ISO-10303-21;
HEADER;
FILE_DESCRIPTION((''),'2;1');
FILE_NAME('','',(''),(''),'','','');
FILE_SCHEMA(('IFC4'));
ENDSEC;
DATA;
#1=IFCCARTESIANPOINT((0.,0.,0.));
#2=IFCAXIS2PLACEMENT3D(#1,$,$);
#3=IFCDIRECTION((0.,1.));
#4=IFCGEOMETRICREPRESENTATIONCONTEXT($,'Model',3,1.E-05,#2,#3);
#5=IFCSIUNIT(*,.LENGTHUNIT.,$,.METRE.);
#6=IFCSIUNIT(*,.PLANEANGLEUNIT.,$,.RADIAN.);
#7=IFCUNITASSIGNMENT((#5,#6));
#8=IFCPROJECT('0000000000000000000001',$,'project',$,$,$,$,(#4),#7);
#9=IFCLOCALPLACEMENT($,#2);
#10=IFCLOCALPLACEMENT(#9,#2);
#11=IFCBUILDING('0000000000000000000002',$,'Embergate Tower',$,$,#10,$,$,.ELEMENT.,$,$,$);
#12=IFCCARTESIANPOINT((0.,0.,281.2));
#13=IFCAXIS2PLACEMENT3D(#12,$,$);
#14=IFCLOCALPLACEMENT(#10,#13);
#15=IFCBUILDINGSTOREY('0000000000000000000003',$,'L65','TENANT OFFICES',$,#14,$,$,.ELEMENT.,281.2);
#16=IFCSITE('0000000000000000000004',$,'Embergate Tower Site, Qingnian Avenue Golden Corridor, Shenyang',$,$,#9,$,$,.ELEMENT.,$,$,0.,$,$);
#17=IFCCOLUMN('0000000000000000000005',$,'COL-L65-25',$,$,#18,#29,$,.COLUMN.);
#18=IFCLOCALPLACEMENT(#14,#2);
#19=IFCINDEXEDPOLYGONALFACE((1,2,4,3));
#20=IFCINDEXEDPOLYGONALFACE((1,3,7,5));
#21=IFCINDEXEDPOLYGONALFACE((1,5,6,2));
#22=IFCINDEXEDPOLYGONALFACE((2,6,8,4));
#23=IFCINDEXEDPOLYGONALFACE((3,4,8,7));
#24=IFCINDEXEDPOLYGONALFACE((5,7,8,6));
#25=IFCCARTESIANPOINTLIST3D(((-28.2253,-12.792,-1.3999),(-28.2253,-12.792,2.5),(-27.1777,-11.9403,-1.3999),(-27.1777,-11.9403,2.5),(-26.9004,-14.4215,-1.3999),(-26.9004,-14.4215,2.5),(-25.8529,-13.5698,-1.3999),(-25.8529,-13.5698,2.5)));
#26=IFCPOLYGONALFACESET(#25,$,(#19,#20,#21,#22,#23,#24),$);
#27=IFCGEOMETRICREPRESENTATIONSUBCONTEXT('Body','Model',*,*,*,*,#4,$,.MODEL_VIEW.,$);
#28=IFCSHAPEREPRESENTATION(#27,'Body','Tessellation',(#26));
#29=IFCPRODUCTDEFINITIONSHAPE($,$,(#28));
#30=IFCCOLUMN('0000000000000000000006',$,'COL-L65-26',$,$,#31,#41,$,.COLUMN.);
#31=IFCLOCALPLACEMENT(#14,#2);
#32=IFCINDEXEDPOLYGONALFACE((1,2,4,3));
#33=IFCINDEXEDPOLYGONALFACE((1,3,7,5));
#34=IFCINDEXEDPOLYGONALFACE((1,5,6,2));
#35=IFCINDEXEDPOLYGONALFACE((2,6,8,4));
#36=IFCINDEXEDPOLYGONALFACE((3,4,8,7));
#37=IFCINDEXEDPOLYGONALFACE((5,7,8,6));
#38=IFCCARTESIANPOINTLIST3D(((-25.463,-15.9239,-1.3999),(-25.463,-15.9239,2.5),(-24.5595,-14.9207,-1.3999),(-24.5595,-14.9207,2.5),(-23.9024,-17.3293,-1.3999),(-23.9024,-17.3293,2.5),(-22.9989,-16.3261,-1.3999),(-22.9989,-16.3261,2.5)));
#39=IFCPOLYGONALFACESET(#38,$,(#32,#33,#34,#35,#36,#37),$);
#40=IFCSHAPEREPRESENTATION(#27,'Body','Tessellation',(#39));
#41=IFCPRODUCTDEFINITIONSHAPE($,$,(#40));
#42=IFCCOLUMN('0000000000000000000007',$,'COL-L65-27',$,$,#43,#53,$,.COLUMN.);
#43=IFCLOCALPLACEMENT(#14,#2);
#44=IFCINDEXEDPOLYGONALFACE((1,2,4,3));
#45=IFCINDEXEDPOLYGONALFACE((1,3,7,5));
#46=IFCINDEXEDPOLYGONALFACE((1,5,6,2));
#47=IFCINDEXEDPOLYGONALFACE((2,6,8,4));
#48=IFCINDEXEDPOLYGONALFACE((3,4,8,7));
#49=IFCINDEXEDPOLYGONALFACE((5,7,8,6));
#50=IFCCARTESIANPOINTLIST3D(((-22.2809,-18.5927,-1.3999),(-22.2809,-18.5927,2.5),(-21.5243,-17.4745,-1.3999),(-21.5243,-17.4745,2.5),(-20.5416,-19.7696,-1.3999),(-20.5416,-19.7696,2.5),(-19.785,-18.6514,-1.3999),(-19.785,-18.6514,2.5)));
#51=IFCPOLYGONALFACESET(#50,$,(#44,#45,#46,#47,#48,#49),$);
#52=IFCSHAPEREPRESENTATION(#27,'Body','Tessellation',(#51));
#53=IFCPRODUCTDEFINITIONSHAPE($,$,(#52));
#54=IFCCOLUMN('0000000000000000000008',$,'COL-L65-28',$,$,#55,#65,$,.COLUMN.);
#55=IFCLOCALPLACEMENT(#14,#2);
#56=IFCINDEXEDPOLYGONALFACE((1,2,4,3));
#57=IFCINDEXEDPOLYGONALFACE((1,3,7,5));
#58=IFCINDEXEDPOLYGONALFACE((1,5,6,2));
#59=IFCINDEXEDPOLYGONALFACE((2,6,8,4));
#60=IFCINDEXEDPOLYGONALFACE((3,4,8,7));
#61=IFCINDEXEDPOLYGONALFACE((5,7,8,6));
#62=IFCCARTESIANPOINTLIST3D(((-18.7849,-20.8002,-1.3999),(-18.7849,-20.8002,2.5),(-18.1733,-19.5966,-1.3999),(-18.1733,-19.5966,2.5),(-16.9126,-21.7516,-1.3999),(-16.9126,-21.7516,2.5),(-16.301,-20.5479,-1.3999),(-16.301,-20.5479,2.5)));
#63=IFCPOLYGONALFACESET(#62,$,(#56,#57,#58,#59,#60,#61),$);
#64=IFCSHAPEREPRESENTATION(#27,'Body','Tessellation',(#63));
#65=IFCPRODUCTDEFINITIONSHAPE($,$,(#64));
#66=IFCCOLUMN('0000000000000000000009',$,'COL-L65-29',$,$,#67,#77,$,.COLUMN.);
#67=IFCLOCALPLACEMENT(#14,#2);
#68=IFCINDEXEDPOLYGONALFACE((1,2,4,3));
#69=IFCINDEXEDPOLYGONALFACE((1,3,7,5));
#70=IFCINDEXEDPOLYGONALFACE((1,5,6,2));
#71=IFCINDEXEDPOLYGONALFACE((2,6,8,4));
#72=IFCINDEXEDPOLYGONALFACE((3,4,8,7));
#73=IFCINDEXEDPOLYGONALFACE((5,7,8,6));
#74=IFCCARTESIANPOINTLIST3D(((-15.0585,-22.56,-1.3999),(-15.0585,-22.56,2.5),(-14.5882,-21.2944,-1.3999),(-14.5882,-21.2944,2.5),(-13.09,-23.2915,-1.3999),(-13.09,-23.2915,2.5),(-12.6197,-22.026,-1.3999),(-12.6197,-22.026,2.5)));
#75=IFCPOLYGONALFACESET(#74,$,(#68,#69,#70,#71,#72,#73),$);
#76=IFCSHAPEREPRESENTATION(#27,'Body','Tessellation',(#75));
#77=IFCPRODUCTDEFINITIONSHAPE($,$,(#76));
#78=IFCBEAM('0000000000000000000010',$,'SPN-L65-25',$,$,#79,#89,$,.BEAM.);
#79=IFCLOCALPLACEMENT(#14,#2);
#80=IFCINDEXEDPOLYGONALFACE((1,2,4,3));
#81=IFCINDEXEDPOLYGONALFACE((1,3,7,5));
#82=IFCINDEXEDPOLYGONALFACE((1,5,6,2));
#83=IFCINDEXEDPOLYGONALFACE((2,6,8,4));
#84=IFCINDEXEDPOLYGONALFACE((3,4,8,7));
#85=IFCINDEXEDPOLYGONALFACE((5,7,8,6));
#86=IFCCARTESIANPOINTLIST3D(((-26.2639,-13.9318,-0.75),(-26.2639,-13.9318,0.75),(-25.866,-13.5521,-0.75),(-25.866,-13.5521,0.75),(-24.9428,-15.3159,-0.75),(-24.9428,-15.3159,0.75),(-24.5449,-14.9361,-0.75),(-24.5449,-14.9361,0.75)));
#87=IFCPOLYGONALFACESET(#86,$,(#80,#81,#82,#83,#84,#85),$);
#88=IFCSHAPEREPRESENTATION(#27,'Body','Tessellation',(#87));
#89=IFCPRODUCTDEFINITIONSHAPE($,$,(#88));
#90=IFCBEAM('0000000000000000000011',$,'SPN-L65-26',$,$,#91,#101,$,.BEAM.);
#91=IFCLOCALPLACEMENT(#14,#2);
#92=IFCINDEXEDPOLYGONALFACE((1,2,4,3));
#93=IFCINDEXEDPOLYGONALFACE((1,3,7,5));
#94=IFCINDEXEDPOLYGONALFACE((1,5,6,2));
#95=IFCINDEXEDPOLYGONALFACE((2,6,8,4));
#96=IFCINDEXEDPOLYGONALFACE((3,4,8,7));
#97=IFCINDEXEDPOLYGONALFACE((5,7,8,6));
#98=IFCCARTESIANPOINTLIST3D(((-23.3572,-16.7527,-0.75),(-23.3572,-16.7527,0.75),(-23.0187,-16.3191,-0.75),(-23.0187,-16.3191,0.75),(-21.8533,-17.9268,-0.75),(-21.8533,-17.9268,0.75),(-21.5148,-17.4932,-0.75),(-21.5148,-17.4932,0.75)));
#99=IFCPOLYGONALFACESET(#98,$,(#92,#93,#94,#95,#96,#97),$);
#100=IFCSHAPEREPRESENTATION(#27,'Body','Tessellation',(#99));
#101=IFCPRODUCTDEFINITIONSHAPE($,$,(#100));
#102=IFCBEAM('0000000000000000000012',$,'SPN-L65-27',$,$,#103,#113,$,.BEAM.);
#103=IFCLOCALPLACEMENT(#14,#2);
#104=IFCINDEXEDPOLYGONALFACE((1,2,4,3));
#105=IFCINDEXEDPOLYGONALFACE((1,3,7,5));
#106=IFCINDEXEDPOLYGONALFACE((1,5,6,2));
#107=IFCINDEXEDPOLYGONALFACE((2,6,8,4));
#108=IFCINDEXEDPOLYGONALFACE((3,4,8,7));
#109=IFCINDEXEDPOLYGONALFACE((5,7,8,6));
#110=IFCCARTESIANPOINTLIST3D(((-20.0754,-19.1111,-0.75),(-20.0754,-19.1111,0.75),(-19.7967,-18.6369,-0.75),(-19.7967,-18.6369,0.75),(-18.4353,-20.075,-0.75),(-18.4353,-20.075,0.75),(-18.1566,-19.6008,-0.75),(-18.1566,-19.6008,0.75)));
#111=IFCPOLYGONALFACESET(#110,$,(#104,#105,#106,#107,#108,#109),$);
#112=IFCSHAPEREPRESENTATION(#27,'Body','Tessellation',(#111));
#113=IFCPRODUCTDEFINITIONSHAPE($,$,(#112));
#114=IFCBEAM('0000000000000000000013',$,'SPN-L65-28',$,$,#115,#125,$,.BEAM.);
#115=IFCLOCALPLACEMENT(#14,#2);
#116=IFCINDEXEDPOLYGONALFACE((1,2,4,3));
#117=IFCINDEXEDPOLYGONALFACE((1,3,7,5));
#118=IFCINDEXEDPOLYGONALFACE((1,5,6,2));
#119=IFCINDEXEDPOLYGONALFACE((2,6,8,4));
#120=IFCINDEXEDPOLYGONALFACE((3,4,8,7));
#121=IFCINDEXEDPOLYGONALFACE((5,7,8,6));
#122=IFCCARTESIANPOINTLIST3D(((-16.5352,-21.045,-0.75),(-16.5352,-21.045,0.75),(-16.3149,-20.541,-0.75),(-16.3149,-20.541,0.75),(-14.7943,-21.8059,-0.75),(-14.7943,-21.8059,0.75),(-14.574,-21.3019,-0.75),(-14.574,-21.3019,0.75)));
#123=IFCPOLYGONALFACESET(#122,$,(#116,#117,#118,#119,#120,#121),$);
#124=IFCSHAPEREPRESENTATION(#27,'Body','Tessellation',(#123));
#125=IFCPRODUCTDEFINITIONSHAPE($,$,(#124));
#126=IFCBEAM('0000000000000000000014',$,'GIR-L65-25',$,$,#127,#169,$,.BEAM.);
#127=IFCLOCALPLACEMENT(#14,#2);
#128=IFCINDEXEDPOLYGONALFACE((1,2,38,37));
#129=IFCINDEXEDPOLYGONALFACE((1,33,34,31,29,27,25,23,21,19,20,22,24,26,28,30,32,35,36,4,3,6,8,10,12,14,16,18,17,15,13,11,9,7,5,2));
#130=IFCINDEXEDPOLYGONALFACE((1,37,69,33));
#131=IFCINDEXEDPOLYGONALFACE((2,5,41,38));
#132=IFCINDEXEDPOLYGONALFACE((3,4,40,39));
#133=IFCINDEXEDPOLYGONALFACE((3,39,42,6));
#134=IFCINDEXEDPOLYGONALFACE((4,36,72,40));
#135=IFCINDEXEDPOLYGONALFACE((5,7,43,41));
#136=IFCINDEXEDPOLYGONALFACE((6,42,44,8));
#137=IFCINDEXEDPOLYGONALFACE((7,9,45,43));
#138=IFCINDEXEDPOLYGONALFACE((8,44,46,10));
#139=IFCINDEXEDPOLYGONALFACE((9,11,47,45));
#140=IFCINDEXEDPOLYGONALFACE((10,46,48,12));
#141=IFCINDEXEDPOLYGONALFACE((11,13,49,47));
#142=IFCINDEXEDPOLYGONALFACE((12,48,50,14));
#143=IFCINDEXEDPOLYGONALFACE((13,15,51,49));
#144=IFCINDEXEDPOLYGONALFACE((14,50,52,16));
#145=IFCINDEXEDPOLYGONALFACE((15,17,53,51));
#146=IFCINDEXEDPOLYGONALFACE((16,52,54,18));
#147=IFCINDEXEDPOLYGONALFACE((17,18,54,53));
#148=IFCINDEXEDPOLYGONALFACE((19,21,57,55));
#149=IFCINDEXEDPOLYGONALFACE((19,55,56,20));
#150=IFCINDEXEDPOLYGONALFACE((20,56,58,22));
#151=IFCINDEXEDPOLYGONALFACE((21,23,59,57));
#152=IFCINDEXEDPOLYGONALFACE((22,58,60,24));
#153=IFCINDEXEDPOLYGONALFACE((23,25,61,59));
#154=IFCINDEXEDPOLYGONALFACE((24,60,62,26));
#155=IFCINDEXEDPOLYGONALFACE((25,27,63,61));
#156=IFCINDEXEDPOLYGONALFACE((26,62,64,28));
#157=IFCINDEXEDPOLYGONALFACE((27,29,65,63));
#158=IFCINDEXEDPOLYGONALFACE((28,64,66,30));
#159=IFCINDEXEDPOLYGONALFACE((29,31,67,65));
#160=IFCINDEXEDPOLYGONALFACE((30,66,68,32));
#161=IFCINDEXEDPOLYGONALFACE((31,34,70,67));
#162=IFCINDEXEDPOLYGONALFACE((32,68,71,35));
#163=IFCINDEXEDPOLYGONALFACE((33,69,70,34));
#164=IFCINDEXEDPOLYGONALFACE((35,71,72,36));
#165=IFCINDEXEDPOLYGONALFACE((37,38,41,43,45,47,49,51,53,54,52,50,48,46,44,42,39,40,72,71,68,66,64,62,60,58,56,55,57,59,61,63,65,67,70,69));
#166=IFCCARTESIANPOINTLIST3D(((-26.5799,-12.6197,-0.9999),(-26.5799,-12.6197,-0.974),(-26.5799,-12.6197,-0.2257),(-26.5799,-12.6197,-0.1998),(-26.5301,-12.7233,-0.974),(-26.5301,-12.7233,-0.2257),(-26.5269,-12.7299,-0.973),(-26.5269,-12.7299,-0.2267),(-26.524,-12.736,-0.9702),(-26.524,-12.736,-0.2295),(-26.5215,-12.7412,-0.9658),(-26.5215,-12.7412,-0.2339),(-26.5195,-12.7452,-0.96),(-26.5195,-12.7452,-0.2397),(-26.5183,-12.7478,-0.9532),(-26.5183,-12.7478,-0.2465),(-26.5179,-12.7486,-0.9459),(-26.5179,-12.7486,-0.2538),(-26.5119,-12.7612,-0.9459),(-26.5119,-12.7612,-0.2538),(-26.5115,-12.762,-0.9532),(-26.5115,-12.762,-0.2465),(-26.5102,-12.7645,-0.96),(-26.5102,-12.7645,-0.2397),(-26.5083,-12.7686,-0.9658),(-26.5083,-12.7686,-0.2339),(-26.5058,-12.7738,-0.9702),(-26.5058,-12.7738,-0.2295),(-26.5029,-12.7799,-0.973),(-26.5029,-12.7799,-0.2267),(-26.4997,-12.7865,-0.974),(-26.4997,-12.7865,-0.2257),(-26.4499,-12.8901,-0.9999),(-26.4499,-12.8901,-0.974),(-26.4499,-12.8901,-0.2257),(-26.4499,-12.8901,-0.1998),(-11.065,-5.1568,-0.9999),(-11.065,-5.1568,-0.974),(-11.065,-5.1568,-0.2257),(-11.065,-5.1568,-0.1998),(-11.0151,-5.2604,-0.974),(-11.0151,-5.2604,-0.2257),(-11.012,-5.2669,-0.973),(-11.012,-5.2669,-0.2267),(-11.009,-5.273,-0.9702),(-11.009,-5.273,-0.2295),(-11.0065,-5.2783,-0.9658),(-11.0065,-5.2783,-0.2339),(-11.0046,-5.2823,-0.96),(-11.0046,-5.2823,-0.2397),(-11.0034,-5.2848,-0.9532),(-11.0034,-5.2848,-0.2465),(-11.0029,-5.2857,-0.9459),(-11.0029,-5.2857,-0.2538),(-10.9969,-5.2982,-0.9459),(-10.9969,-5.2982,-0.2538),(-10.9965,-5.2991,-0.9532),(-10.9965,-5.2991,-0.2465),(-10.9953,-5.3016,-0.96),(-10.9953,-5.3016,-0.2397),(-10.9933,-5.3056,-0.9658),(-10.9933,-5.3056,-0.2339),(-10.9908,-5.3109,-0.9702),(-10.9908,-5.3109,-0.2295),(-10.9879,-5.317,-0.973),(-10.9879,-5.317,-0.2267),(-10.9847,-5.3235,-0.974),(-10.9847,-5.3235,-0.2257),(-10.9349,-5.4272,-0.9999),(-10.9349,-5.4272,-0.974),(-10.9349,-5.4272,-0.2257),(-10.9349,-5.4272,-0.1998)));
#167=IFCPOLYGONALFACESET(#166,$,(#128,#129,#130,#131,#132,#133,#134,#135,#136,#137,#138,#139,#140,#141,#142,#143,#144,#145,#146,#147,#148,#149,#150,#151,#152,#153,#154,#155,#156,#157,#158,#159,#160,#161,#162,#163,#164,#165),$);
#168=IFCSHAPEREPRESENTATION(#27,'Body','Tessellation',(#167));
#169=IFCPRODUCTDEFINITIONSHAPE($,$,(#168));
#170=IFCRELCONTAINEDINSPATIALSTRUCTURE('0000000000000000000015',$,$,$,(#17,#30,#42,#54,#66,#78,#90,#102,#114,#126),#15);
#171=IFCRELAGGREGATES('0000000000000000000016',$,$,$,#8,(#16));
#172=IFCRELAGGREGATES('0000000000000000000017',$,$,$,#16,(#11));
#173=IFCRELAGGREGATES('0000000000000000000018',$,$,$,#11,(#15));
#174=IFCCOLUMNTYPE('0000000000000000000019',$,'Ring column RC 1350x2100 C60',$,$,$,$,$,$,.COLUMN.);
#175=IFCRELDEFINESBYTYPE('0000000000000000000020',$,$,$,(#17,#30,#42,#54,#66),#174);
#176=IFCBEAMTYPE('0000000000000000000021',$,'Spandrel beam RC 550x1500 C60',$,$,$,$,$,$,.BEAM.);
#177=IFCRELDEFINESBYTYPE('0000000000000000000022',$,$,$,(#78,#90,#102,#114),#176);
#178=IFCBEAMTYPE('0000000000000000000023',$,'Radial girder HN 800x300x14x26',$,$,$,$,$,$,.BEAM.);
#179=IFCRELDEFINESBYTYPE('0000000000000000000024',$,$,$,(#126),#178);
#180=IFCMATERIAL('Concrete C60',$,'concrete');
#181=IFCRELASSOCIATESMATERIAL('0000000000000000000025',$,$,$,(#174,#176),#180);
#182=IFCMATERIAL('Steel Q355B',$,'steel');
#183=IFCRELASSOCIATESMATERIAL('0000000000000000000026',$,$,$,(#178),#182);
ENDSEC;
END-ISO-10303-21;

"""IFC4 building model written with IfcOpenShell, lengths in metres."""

from ifc_helpers import new_model, si_unit, direction, frame, origin, origin_2d, place, context, subcontext, project, spatial, rectangle, i_section, extrude, source, transform, mapped, material, material_profile, profile_set, type_object, element, save


model = new_model("IFC4")

# Units and contexts
model_context = context("Model", 3, precision=1e-05, world=origin(), true_north=direction((0.0, 1.0)))
body_context = subcontext(model_context, "Body", "Model", "MODEL_VIEW")
ifc_project = project(units=[si_unit("LENGTHUNIT", "METRE"), si_unit("PLANEANGLEUNIT", "RADIAN")], contexts=[model_context])

# Site, building, storey
site_placement = place(None, origin())
site = spatial("IfcSite", under=ifc_project, at=site_placement, Name="Embergate Tower Site, Qingnian Avenue Golden Corridor, Shenyang", CompositionType="ELEMENT", RefElevation=0.0)
building_placement = place(site_placement, origin())
building = spatial("IfcBuilding", under=site, at=building_placement, Name="Embergate Tower", CompositionType="ELEMENT")
storey_placement = place(building_placement, frame((0.0, 0.0, 281.2)))
storey = spatial("IfcBuildingStorey", under=building, at=storey_placement, Name="L65", Description="TENANT OFFICES", CompositionType="ELEMENT", Elevation=281.2)

# Columns
ifc_material_1 = material(Name="Concrete C60", Category="concrete")
ifc_material_profile_1 = material_profile(ifc_material_1, rectangle(XDim=1.3501, YDim=2.1001, at=origin_2d()), Name="RC 1350x2100")
ifc_profile_set_1 = profile_set([ifc_material_profile_1], Name="Concrete C60")
column_type = type_object("IfcColumnType", Name="Ring column RC 1350x2100 C60", PredefinedType="COLUMN", material=ifc_profile_set_1)
shared_shape_1 = source(origin(), body_context, "Body", "SweptSolid", [
    extrude(rectangle(XDim=1.3501, YDim=2.1001, at=origin_2d()), origin(), (0.0, 0.0, 1.0), 3.8999),
])
for number, where, z_axis, x_axis, name in (
    (1, (-27.0391, -13.1809, -1.3999), (0.0, 0.0, 1.0), (-0.775914, -0.630838, 0.0), "COL-L65-25"),
    (2, (-24.231, -16.125, -1.3999), (0.0, 0.0, 1.0), (-0.669208, -0.743075, 0.0), "COL-L65-26"),
    (3, (-21.033, -18.6221, -1.3999), (0.0, 0.0, 1.0), (-0.560393, -0.828227, 0.0), "COL-L65-27"),
    (4, (-17.543, -20.6741, -1.3999), (0.0, 0.0, 1.0), (-0.452995, -0.891513, 0.0), "COL-L65-28"),
    (5, (-13.8391, -22.293, -1.3999), (0.0, 0.0, 1.0), (-0.348343, -0.937367, 0.0), "COL-L65-29"),
):
    element("IfcColumn", number, at=place(storey_placement, frame(where, z_axis=z_axis, x_axis=x_axis)), inside=storey, type_object=column_type, Name=name, PredefinedType="COLUMN", context=body_context, shape_type="MappedRepresentation", body=[
        mapped(shared_shape_1, transform((0.0, 0.0, 0.0))),
    ])

# Beams
ifc_material_profile_2 = material_profile(ifc_material_1, rectangle(XDim=0.55, YDim=1.5, at=origin_2d()), Name="RC 550x1500")
ifc_profile_set_2 = profile_set([ifc_material_profile_2], Name="Concrete C60")
beam_type_1 = type_object("IfcBeamType", Name="Spandrel beam RC 550x1500 C60", PredefinedType="BEAM", material=ifc_profile_set_2)
shared_shape_2 = source(origin(), body_context, "Body", "SweptSolid", [
    extrude(rectangle(XDim=0.55, YDim=1.5, at=origin_2d()), origin(), (0.0, 0.0, 1.0), 1.9133),
])
beam_1_placement = place(storey_placement, frame((-26.0649, -13.7419, 0.0), z_axis=(0.690455, -0.723376, 0.0), x_axis=(0.723376, 0.690455, 0.0)))
element("IfcBeam", 6, at=beam_1_placement, inside=storey, type_object=beam_type_1, Name="SPN-L65-25", PredefinedType="BEAM", context=body_context, shape_type="MappedRepresentation", body=[
    mapped(shared_shape_2, transform((0.0, 0.0, 0.0))),
])
shared_shape_3 = source(origin(), body_context, "Body", "SweptSolid", [
    extrude(rectangle(XDim=0.55, YDim=1.5, at=origin_2d()), origin(), (0.0, 0.0, 1.0), 1.908),
])
beam_2_placement = place(storey_placement, frame((-23.188, -16.5359, 0.0), z_axis=(0.788242, -0.615366, 0.0), x_axis=(0.615366, 0.788242, 0.0)))
element("IfcBeam", 7, at=beam_2_placement, inside=storey, type_object=beam_type_1, Name="SPN-L65-26", PredefinedType="BEAM", context=body_context, shape_type="MappedRepresentation", body=[
    mapped(shared_shape_3, transform((0.0, 0.0, 0.0))),
])
shared_shape_4 = source(origin(), body_context, "Body", "SweptSolid", [
    extrude(rectangle(XDim=0.55, YDim=1.5, at=origin_2d()), origin(), (0.0, 0.0, 1.0), 1.9023),
])
beam_3_placement = place(storey_placement, frame((-19.936, -18.874, 0.0), z_axis=(0.862145, -0.506661, 0.0), x_axis=(0.506661, 0.862145, 0.0)))
element("IfcBeam", 8, at=beam_3_placement, inside=storey, type_object=beam_type_1, Name="SPN-L65-27", PredefinedType="BEAM", context=body_context, shape_type="MappedRepresentation", body=[
    mapped(shared_shape_4, transform((0.0, 0.0, 0.0))),
])
shared_shape_5 = source(origin(), body_context, "Body", "SweptSolid", [
    extrude(rectangle(XDim=0.55, YDim=1.5, at=origin_2d()), origin(), (0.0, 0.0, 1.0), 1.8999),
])
beam_4_placement = place(storey_placement, frame((-16.425, -20.793, 0.0), z_axis=(0.91629, -0.400515, 0.0), x_axis=(0.400515, 0.91629, 0.0)))
element("IfcBeam", 9, at=beam_4_placement, inside=storey, type_object=beam_type_1, Name="SPN-L65-28", PredefinedType="BEAM", context=body_context, shape_type="MappedRepresentation", body=[
    mapped(shared_shape_5, transform((0.0, 0.0, 0.0))),
])
ifc_material_2 = material(Name="Steel Q355B", Category="steel")
ifc_material_profile_3 = material_profile(ifc_material_2, i_section(OverallWidth=0.3, OverallDepth=0.8, WebThickness=0.0139, FlangeThickness=0.0259, FilletRadius=0.0281, at=origin_2d()), Name="HN 800x300x14x26")
ifc_profile_set_3 = profile_set([ifc_material_profile_3], Name="Steel Q355 grade B")
beam_type_2 = type_object("IfcBeamType", Name="Radial girder HN 800x300x14x26", PredefinedType="BEAM", material=ifc_profile_set_3)
shared_shape_6 = source(origin(), body_context, "Body", "SweptSolid", [
    extrude(i_section(OverallWidth=0.3, OverallDepth=0.8, WebThickness=0.0139, FlangeThickness=0.0259, FilletRadius=0.0281, at=origin_2d()), origin(), (0.0, 0.0, 1.0), 17.2166),
])
beam_5_placement = place(storey_placement, frame((-26.5149, -12.7549, -0.5999), z_axis=(0.901166, 0.433474, 0.0), x_axis=(-0.433474, 0.901166, 0.0)))
element("IfcBeam", 10, at=beam_5_placement, inside=storey, type_object=beam_type_2, Name="GIR-L65-25", PredefinedType="BEAM", context=body_context, shape_type="MappedRepresentation", body=[
    mapped(shared_shape_6, transform((0.0, 0.0, 0.0))),
])

save(model, "model.ifc")
